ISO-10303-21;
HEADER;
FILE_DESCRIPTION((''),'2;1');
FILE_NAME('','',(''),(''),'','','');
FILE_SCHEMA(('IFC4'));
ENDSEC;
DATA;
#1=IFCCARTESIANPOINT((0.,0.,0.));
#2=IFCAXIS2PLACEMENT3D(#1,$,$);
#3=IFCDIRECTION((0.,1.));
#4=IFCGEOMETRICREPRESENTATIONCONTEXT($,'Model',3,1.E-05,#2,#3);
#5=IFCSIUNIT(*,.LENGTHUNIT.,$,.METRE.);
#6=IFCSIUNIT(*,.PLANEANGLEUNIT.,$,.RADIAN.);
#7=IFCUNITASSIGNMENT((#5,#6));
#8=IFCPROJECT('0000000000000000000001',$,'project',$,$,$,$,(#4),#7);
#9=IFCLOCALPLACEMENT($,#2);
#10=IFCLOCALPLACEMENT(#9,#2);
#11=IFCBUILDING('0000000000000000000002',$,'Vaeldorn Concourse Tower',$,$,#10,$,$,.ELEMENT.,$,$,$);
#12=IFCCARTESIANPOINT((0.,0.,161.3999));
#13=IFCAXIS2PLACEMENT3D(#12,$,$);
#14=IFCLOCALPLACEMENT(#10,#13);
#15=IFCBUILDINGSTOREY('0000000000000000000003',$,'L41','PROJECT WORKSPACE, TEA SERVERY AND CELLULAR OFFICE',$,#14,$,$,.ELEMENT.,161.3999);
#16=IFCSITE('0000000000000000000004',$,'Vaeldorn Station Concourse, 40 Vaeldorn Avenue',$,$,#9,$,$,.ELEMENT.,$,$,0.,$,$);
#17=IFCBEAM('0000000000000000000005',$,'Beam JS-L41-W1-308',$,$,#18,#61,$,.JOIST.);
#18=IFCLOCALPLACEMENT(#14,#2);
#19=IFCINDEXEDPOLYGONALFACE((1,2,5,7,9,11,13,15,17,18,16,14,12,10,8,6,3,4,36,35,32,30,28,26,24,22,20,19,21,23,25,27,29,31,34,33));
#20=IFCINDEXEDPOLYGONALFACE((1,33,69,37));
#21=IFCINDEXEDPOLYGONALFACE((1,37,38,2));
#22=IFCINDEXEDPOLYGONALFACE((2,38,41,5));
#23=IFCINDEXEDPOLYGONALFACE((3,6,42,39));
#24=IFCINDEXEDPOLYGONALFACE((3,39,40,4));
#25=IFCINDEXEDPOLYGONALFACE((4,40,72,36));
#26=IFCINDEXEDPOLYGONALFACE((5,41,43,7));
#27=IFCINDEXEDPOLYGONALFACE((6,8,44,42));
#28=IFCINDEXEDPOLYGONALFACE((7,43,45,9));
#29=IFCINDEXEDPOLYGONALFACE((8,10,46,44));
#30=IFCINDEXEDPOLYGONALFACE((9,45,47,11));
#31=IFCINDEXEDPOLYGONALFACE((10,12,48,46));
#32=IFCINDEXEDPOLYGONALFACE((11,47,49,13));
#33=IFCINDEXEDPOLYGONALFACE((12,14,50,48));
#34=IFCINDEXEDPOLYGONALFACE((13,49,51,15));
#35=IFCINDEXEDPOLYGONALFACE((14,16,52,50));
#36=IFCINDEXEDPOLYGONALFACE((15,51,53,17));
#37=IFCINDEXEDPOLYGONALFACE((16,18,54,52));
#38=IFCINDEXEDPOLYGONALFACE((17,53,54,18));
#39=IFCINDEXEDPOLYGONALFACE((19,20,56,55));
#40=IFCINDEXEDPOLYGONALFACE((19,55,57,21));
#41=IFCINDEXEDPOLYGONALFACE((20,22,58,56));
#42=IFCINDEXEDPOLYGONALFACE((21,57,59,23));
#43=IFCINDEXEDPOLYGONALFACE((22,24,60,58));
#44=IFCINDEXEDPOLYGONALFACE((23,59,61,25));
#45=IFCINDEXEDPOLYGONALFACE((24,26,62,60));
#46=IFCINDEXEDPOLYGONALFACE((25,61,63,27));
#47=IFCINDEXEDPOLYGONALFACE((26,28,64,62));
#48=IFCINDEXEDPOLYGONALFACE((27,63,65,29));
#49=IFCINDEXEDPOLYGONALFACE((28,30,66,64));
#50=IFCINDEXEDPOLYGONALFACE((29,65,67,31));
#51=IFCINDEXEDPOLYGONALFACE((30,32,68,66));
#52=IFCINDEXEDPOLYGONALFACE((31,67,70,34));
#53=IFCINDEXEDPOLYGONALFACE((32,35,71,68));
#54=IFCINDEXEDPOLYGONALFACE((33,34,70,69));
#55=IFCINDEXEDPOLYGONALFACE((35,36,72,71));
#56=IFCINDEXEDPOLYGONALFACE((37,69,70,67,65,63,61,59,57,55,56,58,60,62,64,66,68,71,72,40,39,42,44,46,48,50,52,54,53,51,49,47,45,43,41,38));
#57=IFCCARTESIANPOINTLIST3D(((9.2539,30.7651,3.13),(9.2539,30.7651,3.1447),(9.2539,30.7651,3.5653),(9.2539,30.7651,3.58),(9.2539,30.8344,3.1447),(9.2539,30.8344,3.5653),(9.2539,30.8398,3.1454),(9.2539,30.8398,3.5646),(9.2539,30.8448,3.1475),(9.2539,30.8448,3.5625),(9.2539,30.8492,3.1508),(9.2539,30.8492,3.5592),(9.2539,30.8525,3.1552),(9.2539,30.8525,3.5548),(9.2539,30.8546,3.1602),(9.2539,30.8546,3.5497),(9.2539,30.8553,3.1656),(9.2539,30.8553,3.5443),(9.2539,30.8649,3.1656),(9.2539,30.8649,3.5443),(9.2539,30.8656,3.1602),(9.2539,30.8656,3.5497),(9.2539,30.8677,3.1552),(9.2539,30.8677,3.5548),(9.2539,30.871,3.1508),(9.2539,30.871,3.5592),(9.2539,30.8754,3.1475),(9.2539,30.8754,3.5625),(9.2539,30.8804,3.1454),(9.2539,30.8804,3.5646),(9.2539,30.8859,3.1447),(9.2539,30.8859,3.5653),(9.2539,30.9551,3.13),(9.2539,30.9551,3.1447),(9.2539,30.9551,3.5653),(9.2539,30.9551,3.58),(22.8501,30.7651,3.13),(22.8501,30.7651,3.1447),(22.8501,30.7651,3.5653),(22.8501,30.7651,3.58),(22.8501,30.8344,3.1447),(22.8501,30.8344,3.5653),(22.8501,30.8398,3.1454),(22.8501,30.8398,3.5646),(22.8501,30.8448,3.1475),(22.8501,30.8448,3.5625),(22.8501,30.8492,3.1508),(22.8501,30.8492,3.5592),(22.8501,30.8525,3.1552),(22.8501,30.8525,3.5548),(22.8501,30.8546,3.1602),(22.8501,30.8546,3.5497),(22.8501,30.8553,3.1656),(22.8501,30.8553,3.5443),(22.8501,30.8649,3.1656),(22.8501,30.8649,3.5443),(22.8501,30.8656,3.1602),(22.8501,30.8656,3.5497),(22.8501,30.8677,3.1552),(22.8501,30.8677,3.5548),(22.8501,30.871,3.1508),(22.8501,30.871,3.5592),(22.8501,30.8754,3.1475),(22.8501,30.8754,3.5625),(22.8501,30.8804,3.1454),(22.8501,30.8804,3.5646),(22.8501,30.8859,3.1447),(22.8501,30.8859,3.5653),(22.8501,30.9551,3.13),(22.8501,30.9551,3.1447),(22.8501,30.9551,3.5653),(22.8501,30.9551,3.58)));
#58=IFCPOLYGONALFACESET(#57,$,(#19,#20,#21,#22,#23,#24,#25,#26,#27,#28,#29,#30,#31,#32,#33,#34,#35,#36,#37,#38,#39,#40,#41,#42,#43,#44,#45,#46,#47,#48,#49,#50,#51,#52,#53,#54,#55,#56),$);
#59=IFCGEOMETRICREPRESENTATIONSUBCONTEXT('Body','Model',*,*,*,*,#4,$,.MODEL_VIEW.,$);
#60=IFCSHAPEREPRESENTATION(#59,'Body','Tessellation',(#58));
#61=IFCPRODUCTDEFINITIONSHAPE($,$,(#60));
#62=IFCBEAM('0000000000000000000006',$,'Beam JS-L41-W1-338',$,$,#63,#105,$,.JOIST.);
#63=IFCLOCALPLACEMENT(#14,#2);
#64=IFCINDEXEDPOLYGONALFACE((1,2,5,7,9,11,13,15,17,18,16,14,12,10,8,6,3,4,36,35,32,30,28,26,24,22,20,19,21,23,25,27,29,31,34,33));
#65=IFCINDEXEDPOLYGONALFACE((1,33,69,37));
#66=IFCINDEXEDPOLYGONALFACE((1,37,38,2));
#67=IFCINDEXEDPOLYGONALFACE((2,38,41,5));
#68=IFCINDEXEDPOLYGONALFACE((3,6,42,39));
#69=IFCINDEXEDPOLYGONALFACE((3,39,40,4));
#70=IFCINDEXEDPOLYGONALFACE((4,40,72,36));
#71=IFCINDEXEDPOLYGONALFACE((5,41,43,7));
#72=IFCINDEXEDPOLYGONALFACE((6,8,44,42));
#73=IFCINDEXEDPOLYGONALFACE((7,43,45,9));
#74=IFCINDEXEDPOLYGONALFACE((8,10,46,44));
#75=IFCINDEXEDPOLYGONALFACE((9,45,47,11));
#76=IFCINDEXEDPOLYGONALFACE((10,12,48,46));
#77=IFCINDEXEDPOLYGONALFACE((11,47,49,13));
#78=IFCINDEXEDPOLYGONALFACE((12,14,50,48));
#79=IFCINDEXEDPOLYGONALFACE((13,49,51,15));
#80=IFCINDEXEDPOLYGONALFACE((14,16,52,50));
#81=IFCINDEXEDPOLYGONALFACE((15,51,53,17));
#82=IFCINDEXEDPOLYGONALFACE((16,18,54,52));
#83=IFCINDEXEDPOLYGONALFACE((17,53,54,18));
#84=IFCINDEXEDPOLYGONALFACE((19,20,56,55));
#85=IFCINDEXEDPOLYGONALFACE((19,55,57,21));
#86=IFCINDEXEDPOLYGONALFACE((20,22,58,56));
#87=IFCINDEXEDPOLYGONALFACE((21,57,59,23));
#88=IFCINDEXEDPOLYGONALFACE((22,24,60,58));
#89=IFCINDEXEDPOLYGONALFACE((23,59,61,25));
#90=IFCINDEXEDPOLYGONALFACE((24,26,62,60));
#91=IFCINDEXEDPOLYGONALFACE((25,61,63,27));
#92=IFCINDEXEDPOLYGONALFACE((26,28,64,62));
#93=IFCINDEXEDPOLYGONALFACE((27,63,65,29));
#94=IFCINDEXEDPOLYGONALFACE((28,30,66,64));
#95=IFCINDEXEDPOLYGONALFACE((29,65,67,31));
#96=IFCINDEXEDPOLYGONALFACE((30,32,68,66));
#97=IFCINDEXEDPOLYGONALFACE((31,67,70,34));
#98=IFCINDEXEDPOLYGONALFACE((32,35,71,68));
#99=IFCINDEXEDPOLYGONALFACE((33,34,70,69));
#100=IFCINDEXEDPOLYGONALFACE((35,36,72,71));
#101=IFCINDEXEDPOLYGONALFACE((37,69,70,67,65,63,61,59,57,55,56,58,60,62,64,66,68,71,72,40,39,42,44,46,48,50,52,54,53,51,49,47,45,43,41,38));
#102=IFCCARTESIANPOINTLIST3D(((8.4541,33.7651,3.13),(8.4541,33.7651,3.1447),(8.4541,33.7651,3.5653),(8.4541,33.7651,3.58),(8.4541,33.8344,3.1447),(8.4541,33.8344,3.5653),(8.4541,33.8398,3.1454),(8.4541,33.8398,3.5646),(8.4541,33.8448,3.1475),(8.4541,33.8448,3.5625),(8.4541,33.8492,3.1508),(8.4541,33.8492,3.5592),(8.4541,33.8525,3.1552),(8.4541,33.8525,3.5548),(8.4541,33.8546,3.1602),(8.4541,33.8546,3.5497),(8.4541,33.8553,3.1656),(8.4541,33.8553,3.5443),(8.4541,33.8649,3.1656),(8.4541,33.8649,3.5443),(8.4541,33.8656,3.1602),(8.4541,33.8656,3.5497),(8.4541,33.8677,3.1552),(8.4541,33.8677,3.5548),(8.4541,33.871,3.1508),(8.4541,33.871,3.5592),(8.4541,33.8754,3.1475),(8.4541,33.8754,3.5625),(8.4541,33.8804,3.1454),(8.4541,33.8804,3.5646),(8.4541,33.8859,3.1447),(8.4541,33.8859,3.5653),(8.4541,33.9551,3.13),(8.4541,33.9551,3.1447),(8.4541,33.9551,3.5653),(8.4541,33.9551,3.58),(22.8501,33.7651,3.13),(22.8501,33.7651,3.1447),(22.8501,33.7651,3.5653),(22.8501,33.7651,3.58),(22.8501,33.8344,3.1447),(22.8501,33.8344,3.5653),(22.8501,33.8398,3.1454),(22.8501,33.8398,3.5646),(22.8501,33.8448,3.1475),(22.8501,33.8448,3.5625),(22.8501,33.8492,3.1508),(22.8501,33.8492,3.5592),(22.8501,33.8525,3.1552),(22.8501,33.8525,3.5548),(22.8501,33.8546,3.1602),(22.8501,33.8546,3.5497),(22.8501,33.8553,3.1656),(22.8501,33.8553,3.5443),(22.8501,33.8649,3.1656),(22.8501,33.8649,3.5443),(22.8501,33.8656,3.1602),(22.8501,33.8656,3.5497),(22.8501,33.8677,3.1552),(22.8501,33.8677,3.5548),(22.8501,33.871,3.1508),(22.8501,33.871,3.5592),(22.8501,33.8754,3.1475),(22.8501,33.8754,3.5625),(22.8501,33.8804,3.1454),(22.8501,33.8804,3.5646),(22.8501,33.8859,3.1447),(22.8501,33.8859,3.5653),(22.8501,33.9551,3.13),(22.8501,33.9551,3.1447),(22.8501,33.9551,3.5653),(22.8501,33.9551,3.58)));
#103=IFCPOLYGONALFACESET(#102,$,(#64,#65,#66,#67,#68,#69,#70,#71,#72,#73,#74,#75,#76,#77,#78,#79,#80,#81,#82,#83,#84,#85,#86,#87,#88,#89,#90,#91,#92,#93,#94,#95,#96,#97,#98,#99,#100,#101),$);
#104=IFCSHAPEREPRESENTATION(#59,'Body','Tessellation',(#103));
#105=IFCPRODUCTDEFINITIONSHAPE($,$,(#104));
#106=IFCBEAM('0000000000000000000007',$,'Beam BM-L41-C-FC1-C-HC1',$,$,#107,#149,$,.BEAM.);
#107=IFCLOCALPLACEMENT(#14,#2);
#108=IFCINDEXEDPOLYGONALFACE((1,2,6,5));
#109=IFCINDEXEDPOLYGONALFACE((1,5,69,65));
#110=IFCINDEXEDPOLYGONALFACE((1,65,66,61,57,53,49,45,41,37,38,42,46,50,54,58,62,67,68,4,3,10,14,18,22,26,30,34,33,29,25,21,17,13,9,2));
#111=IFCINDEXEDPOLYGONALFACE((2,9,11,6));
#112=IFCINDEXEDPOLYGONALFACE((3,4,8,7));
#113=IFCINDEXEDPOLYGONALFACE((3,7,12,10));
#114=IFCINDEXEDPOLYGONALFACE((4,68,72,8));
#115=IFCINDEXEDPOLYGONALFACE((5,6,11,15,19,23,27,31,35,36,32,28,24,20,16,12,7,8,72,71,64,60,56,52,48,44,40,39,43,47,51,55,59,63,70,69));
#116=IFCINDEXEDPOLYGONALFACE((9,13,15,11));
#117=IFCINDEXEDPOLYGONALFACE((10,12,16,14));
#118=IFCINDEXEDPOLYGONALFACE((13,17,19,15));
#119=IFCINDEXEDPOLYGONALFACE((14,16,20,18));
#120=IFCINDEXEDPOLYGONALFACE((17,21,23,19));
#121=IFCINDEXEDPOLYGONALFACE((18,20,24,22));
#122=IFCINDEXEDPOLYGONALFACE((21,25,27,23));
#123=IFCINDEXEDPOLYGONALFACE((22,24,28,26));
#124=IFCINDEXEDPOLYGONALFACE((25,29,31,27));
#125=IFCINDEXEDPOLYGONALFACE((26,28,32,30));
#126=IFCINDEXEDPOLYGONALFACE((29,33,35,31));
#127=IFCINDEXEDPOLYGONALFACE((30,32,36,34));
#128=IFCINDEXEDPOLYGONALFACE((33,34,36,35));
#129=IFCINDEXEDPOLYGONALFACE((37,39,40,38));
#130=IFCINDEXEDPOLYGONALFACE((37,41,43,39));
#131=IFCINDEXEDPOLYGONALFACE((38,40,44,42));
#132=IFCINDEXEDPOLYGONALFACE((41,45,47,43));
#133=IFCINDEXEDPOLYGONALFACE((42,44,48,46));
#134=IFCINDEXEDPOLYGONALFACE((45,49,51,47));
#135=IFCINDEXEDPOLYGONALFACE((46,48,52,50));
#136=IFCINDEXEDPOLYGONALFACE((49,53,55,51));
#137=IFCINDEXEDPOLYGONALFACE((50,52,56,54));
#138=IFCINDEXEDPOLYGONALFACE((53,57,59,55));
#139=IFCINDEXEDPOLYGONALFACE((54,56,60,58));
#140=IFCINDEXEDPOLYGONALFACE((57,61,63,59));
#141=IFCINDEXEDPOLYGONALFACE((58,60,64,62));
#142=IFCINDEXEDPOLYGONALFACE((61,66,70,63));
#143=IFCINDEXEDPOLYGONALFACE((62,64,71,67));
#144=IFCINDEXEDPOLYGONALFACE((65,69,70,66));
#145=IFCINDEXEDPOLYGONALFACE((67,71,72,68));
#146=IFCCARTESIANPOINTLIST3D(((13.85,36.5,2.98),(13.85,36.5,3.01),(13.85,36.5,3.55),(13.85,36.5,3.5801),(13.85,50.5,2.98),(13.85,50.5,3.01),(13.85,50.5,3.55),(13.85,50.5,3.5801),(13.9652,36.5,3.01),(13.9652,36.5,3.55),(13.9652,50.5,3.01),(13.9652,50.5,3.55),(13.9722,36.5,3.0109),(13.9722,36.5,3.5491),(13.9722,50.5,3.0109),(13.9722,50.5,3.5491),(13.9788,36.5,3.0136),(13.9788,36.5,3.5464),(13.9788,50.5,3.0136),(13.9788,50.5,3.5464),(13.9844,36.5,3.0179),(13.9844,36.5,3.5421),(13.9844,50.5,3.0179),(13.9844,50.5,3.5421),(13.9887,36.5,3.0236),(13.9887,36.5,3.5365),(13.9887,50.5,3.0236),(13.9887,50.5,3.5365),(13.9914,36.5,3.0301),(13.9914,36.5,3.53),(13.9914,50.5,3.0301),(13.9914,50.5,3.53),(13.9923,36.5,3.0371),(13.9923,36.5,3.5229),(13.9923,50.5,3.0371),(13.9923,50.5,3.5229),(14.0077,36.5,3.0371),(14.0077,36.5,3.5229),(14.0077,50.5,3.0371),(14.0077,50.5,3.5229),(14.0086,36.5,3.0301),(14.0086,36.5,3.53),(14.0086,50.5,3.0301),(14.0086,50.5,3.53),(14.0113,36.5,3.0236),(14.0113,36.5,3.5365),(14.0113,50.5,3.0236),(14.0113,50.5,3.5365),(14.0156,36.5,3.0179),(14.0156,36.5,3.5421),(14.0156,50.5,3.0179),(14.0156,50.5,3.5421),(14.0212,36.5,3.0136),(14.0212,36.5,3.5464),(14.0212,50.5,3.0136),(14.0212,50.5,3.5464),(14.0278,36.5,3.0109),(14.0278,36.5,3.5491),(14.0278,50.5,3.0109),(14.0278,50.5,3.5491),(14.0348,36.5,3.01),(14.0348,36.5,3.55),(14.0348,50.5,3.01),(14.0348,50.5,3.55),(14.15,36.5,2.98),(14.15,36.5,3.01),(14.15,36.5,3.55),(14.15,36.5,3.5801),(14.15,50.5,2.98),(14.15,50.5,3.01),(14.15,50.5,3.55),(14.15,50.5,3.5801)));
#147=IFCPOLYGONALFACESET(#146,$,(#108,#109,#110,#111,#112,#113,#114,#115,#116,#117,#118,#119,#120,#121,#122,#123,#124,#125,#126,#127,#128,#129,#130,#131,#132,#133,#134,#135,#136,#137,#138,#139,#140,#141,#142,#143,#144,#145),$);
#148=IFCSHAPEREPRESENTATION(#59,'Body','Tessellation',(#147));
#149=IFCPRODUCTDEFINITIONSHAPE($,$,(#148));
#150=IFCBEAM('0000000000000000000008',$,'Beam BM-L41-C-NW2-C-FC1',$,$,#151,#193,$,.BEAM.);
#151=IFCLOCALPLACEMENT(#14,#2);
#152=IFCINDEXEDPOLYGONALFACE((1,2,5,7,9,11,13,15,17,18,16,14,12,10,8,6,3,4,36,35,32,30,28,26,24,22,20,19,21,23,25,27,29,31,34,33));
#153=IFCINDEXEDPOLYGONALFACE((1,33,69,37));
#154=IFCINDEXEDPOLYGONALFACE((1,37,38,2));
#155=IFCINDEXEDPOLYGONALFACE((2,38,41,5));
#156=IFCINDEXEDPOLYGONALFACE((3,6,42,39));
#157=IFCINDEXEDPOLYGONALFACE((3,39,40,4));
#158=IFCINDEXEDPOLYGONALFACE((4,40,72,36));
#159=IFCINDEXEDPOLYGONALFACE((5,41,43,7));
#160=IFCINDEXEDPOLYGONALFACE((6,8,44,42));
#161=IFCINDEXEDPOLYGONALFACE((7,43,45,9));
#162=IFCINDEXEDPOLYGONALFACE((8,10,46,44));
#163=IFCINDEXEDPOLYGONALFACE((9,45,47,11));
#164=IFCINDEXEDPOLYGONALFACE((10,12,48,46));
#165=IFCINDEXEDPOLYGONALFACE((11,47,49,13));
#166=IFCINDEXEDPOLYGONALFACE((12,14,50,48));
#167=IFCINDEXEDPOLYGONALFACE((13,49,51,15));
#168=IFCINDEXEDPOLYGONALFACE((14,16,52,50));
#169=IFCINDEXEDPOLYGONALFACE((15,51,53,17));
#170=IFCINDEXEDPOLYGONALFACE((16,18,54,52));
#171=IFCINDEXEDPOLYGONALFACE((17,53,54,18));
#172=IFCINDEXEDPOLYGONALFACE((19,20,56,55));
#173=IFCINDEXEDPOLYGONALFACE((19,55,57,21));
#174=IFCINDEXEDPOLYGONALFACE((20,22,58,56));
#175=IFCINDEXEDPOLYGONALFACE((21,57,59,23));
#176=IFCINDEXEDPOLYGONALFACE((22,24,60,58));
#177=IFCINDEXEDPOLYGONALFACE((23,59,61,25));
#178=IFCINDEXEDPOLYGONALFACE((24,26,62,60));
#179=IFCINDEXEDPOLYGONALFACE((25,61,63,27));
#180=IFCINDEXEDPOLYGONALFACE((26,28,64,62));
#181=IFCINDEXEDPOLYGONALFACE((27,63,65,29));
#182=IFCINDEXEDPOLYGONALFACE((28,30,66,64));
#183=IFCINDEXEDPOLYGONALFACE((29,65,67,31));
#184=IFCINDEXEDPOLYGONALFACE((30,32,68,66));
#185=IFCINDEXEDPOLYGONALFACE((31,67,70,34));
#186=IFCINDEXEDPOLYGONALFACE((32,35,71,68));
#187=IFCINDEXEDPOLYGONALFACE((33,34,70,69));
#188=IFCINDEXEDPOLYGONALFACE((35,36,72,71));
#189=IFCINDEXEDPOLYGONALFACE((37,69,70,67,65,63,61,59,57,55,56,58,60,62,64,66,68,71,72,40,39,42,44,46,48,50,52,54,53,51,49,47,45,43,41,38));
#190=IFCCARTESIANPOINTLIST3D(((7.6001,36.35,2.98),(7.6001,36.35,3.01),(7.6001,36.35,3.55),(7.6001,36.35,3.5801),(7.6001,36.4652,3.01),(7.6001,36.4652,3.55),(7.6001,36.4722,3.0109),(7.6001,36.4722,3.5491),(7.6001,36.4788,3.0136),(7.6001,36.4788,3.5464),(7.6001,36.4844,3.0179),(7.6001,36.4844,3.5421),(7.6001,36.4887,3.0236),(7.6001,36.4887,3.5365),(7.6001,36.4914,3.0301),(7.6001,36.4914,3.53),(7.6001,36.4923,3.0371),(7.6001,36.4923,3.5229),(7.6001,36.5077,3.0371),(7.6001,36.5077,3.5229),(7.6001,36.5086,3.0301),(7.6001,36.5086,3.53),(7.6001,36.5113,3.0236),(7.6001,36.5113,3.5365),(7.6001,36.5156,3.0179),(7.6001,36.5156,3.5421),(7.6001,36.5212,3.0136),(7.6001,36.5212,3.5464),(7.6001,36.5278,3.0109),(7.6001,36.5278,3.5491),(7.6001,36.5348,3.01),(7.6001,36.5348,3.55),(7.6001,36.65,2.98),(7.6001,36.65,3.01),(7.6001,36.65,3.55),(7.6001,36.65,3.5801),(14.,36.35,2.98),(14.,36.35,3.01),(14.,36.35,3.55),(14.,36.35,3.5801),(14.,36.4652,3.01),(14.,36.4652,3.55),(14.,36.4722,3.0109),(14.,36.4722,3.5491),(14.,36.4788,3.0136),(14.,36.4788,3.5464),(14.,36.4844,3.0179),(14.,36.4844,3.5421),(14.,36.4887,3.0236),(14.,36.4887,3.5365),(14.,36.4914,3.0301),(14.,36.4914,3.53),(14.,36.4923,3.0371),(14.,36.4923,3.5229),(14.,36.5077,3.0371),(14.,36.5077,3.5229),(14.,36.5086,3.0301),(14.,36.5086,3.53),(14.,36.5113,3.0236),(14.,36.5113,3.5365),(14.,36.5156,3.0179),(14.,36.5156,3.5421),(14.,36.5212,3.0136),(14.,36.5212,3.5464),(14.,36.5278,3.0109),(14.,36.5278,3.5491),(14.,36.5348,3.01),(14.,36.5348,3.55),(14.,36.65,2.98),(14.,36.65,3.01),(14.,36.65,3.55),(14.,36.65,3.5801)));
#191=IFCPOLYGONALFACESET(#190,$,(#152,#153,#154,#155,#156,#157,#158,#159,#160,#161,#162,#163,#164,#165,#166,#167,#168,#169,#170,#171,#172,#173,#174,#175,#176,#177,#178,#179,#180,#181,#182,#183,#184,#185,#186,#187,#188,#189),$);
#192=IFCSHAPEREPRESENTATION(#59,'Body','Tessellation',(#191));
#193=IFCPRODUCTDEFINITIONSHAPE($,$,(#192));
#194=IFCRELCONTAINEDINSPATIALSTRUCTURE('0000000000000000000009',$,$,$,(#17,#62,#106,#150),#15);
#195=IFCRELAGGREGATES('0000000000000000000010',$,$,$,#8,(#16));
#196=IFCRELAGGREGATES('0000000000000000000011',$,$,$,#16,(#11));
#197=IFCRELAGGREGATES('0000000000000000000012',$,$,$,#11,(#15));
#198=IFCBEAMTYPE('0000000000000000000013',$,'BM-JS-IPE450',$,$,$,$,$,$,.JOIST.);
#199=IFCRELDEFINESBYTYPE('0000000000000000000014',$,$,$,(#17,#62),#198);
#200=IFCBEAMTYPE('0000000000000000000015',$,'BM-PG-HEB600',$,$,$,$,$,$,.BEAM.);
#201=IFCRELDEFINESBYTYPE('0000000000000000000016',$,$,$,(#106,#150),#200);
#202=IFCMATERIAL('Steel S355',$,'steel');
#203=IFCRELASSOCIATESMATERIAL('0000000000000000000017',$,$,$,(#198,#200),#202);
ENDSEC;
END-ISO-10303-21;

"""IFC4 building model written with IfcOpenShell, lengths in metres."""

from ifc_helpers import new_model, si_unit, direction, frame, origin, origin_2d, place, context, subcontext, project, spatial, i_section, extrude, source, transform, mapped, material, material_profile, profile_set, type_object, element, save


model = new_model("IFC4")

# Units and contexts
model_context = context("Model", 3, precision=1e-05, world=origin(), true_north=direction((0.0, 1.0)))
body_context = subcontext(model_context, "Body", "Model", "MODEL_VIEW")
ifc_project = project(units=[si_unit("LENGTHUNIT", "METRE"), si_unit("PLANEANGLEUNIT", "RADIAN")], contexts=[model_context])

# Site, building, storey
site_placement = place(None, origin())
site = spatial("IfcSite", under=ifc_project, at=site_placement, Name="Vaeldorn Station Concourse, 40 Vaeldorn Avenue", CompositionType="ELEMENT", RefElevation=0.0)
building_placement = place(site_placement, origin())
building = spatial("IfcBuilding", under=site, at=building_placement, Name="Vaeldorn Concourse Tower", CompositionType="ELEMENT")
storey_placement = place(building_placement, frame((0.0, 0.0, 161.3999)))
storey = spatial("IfcBuildingStorey", under=building, at=storey_placement, Name="L41", Description="PROJECT WORKSPACE, TEA SERVERY AND CELLULAR OFFICE", CompositionType="ELEMENT", Elevation=161.3999)

# Beams
ifc_material_1 = material(Name="Steel S355", Category="steel")
ifc_material_profile_1 = material_profile(ifc_material_1, i_section(OverallWidth=0.1899, OverallDepth=0.45, WebThickness=0.0095, FlangeThickness=0.0146, FilletRadius=0.021, at=origin_2d()), Name="IPE 450")
ifc_profile_set_1 = profile_set([ifc_material_profile_1], Name="Steel S355")
beam_type_1 = type_object("IfcBeamType", Name="BM-JS-IPE450", PredefinedType="JOIST", material=ifc_profile_set_1)
shared_shape_1 = source(origin(), body_context, "Body", "SweptSolid", [
    extrude(i_section(OverallWidth=0.1899, OverallDepth=0.45, WebThickness=0.0095, FlangeThickness=0.0146, FilletRadius=0.021, at=origin_2d()), origin(), (0.0, 0.0, 1.0), 13.5962),
])
beam_1_placement = place(storey_placement, frame((9.2539, 30.8601, 3.355), z_axis=(1.0, 0.0, 0.0), x_axis=(0.0, 1.0, 0.0)))
element("IfcBeam", 1, at=beam_1_placement, inside=storey, type_object=beam_type_1, Name="Beam JS-L41-W1-308", PredefinedType="JOIST", context=body_context, shape_type="MappedRepresentation", body=[
    mapped(shared_shape_1, transform((0.0, 0.0, 0.0), scale=1.0)),
])
shared_shape_2 = source(origin(), body_context, "Body", "SweptSolid", [
    extrude(i_section(OverallWidth=0.1899, OverallDepth=0.45, WebThickness=0.0095, FlangeThickness=0.0146, FilletRadius=0.021, at=origin_2d()), origin(), (0.0, 0.0, 1.0), 14.396),
])
beam_2_placement = place(storey_placement, frame((8.4541, 33.8601, 3.355), z_axis=(1.0, 0.0, 0.0), x_axis=(0.0, 1.0, 0.0)))
element("IfcBeam", 2, at=beam_2_placement, inside=storey, type_object=beam_type_1, Name="Beam JS-L41-W1-338", PredefinedType="JOIST", context=body_context, shape_type="MappedRepresentation", body=[
    mapped(shared_shape_2, transform((0.0, 0.0, 0.0), scale=1.0)),
])
ifc_material_profile_2 = material_profile(ifc_material_1, i_section(OverallWidth=0.3, OverallDepth=0.6001, WebThickness=0.0154, FlangeThickness=0.03, FilletRadius=0.0271, at=origin_2d()), Name="HEB 600")
ifc_profile_set_2 = profile_set([ifc_material_profile_2], Name="Steel S355")
beam_type_2 = type_object("IfcBeamType", Name="BM-PG-HEB600", PredefinedType="BEAM", material=ifc_profile_set_2)
shared_shape_3 = source(origin(), body_context, "Body", "SweptSolid", [
    extrude(i_section(OverallWidth=0.3, OverallDepth=0.6001, WebThickness=0.0154, FlangeThickness=0.03, FilletRadius=0.0271, at=origin_2d()), origin(), (0.0, 0.0, 1.0), 14.0),
])
beam_3_placement = place(storey_placement, frame((14.0, 36.5, 3.28), z_axis=(0.0, 1.0, 0.0), x_axis=(-1.0, 0.0, 0.0)))
element("IfcBeam", 3, at=beam_3_placement, inside=storey, type_object=beam_type_2, Name="Beam BM-L41-C-FC1-C-HC1", PredefinedType="BEAM", context=body_context, shape_type="MappedRepresentation", body=[
    mapped(shared_shape_3, transform((0.0, 0.0, 0.0), scale=1.0)),
])
shared_shape_4 = source(origin(), body_context, "Body", "SweptSolid", [
    extrude(i_section(OverallWidth=0.3, OverallDepth=0.6001, WebThickness=0.0154, FlangeThickness=0.03, FilletRadius=0.0271, at=origin_2d()), origin(), (0.0, 0.0, 1.0), 6.3999),
])
beam_4_placement = place(storey_placement, frame((7.6001, 36.5, 3.28), z_axis=(1.0, 0.0, 0.0), x_axis=(0.0, 1.0, 0.0)))
element("IfcBeam", 4, at=beam_4_placement, inside=storey, type_object=beam_type_2, Name="Beam BM-L41-C-NW2-C-FC1", PredefinedType="BEAM", context=body_context, shape_type="MappedRepresentation", body=[
    mapped(shared_shape_4, transform((0.0, 0.0, 0.0), scale=1.0)),
])

save(model, "model.ifc")
